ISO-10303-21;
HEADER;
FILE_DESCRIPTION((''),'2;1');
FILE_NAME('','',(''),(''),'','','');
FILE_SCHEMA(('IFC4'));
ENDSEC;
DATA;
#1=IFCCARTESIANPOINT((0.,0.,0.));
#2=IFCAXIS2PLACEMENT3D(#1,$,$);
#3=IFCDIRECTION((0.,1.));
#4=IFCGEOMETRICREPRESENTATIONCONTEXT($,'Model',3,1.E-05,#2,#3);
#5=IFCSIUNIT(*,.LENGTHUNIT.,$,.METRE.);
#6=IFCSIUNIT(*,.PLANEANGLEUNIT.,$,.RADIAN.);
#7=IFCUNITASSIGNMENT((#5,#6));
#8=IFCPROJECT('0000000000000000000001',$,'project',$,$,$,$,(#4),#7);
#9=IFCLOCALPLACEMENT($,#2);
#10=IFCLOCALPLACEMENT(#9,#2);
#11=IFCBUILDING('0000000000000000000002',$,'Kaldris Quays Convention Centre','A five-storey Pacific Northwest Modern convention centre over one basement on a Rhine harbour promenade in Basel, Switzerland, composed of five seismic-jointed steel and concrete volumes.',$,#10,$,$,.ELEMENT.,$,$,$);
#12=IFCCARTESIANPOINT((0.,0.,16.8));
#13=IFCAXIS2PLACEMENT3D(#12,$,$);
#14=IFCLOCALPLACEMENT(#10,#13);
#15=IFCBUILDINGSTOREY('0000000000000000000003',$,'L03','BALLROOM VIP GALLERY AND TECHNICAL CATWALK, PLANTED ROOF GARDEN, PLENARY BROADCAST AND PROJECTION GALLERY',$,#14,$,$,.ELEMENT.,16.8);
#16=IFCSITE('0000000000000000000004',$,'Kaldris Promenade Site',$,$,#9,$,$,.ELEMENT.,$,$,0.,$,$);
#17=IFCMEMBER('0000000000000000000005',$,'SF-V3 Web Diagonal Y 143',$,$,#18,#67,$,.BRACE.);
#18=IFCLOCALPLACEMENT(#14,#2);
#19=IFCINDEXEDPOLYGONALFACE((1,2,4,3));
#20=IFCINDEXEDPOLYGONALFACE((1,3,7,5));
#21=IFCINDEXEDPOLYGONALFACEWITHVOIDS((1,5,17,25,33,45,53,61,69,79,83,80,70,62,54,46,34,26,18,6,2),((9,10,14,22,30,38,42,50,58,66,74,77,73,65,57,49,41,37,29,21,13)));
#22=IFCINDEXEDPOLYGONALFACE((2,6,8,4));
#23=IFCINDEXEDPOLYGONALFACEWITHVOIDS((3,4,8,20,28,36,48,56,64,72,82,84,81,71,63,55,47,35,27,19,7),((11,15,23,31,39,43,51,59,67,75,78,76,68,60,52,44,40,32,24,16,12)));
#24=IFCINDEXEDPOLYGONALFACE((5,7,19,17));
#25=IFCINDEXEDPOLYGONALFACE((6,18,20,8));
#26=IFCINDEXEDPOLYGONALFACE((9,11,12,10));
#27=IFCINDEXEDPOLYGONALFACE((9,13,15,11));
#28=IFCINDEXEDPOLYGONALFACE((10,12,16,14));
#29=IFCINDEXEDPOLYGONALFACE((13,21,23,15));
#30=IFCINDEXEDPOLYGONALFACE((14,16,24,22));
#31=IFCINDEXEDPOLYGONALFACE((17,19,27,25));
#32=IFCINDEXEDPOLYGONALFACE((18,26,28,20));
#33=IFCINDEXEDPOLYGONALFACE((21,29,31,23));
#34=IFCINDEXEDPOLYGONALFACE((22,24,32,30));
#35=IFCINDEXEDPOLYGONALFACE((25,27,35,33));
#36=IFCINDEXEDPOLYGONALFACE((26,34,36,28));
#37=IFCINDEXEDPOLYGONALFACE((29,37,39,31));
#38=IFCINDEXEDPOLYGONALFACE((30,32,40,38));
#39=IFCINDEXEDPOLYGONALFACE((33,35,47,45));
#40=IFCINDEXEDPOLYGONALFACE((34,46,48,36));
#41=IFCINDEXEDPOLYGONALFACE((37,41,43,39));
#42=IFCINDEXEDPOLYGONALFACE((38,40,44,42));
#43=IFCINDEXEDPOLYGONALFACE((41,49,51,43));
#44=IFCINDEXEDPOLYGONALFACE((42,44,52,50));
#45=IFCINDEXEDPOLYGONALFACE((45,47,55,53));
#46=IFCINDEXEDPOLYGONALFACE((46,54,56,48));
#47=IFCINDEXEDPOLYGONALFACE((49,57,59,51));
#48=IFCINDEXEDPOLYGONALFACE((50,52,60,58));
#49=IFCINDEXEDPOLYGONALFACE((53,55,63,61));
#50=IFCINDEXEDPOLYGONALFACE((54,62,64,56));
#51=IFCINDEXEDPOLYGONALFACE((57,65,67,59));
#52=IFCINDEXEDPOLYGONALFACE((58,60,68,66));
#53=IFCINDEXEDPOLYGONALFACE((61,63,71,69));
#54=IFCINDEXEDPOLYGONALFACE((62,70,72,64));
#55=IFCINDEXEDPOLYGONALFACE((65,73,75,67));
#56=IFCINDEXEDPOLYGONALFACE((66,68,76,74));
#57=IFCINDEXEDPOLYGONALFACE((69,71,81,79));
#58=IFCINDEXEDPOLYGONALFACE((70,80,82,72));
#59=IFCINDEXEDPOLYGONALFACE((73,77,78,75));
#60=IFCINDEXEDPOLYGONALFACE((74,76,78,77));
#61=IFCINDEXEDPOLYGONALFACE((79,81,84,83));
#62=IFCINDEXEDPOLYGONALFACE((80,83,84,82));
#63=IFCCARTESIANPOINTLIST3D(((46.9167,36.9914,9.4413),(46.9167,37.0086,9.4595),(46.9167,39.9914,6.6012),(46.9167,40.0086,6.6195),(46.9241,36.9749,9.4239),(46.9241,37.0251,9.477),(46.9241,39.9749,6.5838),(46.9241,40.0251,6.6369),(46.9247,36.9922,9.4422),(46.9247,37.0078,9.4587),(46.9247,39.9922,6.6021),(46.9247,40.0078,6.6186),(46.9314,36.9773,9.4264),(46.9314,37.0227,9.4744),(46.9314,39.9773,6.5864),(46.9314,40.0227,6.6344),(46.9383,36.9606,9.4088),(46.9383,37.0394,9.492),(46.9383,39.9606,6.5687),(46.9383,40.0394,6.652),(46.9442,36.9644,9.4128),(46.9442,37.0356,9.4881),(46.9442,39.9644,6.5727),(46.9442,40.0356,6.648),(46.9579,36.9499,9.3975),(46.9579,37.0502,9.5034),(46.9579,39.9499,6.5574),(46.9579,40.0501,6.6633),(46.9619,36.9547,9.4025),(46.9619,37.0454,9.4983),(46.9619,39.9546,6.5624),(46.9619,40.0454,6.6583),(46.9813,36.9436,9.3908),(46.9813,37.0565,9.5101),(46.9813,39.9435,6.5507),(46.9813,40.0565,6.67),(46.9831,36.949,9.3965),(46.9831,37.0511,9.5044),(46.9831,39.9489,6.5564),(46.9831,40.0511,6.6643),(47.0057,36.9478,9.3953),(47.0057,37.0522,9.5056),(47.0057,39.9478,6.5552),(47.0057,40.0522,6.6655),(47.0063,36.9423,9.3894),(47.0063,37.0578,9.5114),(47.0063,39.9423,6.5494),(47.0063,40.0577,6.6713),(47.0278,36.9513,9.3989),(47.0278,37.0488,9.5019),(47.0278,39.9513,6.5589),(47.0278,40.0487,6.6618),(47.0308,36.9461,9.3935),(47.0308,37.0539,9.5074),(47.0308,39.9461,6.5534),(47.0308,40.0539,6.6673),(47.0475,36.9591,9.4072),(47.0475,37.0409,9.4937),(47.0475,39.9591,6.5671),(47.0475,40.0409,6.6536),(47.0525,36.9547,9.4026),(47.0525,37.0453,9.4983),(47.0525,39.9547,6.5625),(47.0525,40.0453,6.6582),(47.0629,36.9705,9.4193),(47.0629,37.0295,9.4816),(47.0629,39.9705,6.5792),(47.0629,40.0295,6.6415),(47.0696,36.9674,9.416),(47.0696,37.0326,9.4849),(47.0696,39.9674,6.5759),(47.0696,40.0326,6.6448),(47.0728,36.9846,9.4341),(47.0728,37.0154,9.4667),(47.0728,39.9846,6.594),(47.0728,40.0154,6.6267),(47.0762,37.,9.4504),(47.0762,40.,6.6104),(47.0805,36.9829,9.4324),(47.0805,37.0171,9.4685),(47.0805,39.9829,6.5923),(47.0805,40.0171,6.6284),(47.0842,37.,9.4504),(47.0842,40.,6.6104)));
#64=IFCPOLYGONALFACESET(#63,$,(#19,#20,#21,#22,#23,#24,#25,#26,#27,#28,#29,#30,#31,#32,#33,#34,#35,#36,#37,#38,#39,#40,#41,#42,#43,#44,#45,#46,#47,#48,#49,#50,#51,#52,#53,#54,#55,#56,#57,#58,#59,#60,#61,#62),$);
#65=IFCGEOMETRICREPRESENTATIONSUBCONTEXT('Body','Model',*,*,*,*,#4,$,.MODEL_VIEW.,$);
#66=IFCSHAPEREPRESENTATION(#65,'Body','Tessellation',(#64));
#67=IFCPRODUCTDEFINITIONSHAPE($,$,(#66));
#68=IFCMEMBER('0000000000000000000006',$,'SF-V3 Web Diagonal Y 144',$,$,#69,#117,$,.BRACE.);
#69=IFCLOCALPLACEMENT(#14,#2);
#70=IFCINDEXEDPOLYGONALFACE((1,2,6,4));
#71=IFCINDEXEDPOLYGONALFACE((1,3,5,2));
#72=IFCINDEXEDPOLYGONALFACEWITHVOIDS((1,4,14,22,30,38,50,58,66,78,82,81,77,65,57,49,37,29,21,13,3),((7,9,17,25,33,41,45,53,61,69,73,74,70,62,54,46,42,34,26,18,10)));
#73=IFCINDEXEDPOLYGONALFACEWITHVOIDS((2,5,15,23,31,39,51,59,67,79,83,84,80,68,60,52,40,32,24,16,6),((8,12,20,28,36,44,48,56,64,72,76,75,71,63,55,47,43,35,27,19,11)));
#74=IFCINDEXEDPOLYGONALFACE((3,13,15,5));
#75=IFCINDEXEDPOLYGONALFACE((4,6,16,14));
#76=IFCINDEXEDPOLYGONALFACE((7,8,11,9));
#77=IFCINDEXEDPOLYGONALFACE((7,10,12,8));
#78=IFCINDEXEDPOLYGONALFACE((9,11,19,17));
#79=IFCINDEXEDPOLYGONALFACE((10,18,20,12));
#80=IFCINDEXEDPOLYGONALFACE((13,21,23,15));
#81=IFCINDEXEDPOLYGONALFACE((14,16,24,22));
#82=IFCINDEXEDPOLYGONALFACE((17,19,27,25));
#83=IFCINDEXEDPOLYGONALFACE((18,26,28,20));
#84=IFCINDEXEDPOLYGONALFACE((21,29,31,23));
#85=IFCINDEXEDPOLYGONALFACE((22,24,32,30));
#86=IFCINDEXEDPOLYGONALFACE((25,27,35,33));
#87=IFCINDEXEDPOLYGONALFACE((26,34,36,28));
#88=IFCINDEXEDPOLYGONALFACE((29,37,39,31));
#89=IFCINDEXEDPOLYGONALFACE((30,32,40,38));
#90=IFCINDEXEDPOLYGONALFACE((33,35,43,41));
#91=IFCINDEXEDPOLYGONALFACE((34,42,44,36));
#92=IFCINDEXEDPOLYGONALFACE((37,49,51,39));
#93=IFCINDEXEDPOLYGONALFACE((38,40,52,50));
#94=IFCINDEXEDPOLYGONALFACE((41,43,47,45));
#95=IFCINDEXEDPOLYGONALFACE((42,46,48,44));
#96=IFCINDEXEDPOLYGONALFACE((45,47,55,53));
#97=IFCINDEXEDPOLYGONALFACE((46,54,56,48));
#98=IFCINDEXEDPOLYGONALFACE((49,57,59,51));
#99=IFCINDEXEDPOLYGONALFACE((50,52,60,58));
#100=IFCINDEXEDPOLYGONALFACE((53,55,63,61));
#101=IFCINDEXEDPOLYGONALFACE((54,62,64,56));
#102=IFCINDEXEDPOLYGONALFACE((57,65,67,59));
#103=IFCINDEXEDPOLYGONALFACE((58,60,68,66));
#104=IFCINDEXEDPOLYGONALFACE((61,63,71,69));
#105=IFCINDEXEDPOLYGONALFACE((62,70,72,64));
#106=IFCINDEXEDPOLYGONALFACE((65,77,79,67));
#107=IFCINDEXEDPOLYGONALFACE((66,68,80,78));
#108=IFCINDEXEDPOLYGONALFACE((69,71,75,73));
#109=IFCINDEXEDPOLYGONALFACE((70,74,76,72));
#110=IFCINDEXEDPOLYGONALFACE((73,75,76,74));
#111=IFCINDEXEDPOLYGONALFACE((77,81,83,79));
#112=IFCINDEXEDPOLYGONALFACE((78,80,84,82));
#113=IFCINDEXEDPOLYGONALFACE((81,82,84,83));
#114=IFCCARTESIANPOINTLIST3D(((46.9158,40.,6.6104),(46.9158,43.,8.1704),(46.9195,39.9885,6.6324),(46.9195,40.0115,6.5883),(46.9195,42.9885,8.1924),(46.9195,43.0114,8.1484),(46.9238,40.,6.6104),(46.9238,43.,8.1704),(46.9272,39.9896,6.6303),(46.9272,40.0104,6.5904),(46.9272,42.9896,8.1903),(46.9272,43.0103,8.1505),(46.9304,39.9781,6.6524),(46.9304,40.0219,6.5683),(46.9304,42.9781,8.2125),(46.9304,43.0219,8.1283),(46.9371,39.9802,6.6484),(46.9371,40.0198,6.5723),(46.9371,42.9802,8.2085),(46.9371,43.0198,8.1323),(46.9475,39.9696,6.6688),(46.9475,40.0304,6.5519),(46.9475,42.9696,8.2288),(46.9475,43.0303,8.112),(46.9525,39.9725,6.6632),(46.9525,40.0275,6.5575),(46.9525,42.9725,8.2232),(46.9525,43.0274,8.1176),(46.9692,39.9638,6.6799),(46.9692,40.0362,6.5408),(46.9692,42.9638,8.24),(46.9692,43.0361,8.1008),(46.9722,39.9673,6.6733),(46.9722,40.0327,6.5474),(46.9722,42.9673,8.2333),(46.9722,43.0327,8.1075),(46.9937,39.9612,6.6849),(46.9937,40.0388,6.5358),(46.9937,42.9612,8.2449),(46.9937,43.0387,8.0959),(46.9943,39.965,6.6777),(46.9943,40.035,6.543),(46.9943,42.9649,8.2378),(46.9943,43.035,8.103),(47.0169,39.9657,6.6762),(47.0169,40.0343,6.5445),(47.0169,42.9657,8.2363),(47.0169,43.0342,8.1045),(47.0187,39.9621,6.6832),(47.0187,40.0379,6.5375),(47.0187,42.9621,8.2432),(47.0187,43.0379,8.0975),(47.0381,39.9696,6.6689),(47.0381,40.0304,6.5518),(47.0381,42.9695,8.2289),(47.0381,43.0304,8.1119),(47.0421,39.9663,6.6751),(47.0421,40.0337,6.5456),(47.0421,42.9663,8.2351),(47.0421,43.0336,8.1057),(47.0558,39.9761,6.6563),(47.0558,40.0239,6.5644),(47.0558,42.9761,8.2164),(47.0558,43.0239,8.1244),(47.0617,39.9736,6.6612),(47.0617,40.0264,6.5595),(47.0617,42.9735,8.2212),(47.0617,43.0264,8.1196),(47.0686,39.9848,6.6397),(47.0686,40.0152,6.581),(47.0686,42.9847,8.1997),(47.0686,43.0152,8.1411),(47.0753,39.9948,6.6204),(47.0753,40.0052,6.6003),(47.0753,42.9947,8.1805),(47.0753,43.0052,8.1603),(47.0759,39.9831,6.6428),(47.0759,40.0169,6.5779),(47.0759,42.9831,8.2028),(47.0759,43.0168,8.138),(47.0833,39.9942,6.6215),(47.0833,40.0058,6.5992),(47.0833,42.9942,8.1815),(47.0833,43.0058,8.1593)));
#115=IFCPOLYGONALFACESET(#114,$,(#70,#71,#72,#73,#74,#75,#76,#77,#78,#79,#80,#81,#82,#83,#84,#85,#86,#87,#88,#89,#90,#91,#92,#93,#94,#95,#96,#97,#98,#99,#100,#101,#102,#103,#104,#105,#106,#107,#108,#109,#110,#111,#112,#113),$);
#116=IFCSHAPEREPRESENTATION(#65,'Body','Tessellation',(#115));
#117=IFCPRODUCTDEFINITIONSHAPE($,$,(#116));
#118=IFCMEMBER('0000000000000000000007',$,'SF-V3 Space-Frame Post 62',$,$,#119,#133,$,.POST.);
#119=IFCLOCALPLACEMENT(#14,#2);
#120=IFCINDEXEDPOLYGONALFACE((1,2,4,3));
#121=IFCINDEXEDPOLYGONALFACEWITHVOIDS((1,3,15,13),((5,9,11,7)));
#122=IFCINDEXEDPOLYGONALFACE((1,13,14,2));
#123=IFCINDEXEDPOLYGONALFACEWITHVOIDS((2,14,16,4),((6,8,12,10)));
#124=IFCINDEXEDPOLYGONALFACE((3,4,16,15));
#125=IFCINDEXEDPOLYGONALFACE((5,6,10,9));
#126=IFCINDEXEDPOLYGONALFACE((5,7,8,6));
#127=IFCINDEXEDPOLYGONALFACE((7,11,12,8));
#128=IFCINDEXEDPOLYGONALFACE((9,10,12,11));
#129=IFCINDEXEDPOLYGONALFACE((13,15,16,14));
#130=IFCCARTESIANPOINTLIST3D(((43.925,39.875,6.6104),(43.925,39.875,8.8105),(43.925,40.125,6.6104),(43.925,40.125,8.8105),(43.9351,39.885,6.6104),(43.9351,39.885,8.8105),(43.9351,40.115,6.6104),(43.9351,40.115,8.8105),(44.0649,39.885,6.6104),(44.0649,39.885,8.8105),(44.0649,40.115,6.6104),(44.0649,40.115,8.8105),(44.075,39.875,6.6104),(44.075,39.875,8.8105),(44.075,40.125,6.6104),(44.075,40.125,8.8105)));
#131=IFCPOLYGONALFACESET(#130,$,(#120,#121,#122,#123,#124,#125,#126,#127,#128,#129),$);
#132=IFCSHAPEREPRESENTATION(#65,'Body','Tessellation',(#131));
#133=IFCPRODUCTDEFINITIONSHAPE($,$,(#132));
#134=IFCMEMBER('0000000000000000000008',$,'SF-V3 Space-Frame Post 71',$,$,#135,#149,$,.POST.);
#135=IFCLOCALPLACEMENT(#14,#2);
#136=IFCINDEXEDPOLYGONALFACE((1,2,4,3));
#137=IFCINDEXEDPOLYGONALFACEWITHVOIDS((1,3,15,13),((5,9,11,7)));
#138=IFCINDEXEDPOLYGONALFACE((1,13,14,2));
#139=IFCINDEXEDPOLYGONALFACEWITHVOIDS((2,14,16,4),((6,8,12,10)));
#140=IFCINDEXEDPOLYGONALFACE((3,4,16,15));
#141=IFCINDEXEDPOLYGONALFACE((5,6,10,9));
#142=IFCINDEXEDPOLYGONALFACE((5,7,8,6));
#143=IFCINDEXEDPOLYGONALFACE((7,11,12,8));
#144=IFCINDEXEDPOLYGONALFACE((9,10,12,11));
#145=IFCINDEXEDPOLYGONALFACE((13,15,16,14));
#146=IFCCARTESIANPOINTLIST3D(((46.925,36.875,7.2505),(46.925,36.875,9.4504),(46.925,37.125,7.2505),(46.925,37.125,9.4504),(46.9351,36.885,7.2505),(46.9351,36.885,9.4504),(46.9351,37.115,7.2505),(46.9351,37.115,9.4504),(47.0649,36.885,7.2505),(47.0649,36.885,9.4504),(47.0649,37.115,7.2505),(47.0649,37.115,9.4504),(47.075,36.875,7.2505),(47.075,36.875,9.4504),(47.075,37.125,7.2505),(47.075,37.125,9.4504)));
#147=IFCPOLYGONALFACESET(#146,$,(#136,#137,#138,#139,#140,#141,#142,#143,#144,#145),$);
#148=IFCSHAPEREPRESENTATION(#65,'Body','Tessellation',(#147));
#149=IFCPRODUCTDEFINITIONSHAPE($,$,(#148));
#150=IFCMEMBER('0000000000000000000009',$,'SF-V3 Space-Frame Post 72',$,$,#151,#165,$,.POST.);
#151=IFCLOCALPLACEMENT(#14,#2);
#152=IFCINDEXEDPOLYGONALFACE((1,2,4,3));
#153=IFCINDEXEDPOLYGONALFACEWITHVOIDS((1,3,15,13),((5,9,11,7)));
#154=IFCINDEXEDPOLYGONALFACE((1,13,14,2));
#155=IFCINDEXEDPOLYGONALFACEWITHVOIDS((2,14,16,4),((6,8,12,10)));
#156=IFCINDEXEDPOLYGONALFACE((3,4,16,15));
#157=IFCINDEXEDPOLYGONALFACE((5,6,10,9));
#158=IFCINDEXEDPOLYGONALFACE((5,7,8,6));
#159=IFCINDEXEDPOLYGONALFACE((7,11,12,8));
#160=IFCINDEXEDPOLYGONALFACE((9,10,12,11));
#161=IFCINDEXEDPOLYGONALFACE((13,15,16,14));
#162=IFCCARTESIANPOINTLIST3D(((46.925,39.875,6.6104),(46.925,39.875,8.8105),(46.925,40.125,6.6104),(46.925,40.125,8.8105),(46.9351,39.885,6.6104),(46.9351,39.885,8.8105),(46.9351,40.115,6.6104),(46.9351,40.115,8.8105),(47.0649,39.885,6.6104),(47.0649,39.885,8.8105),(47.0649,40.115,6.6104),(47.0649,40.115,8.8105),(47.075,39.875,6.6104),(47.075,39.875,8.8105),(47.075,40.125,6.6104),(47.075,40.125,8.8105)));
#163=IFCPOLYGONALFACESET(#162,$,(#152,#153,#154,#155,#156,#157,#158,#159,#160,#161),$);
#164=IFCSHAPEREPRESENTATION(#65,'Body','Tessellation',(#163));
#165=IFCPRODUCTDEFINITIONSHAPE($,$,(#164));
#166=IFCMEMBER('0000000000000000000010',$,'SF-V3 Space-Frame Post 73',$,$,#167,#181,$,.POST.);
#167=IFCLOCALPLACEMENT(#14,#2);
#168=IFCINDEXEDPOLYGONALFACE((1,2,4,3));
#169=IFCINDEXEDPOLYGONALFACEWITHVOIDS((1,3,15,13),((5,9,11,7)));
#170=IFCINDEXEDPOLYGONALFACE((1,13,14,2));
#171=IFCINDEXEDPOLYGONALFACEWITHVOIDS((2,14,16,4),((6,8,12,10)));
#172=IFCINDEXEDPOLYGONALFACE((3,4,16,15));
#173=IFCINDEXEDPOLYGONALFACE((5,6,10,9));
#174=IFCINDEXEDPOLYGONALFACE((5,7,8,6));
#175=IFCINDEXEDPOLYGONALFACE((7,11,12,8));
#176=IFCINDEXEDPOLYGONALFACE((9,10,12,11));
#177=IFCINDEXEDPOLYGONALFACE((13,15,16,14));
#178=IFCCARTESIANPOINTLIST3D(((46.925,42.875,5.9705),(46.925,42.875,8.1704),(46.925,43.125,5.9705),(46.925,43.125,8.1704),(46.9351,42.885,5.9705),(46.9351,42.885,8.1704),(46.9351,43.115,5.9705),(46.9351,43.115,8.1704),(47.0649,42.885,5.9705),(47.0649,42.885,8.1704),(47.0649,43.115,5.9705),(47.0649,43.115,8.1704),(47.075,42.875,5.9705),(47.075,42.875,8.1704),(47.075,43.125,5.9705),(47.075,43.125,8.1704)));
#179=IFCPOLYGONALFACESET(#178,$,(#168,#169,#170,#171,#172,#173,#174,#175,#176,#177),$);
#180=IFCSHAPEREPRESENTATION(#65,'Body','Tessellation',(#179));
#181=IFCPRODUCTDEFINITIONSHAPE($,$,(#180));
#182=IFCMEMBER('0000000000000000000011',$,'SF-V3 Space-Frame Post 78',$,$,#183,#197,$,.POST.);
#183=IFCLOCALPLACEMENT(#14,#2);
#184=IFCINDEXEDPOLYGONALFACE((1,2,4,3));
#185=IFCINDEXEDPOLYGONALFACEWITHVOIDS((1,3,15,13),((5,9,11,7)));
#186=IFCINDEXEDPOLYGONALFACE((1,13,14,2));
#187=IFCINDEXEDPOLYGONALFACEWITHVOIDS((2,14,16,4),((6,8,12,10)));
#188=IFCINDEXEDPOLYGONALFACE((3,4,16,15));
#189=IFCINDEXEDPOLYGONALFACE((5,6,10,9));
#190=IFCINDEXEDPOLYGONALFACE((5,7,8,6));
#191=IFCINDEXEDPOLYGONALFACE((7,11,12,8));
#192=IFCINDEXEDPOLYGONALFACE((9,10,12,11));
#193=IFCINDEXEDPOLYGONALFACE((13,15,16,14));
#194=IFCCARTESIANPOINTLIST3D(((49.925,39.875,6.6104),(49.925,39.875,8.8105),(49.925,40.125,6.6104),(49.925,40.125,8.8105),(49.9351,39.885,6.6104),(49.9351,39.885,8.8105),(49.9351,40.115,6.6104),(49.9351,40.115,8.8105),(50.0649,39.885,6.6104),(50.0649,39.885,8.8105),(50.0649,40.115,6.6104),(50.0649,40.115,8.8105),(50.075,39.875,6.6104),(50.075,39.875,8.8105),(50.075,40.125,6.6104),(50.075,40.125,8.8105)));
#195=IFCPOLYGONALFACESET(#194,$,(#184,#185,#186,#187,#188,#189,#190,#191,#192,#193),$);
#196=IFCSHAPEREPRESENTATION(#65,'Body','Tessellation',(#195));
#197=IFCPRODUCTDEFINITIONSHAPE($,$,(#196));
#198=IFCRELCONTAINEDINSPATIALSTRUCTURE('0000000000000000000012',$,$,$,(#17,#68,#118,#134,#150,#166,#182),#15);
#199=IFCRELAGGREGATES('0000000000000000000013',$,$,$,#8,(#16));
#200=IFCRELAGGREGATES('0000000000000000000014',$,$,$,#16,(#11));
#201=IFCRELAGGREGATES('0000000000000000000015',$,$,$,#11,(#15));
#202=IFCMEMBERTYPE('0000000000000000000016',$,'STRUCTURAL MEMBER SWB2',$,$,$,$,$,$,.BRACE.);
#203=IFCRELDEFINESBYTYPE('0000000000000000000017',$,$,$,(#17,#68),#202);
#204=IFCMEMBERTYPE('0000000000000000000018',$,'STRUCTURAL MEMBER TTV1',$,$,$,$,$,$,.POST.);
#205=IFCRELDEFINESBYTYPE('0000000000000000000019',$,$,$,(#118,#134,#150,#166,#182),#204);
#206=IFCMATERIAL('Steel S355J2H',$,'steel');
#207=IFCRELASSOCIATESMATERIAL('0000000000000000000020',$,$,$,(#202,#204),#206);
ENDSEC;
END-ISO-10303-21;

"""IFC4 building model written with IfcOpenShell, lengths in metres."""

from ifc_helpers import new_model, si_unit, direction, frame, origin, origin_2d, place, context, subcontext, project, spatial, hollow_rectangle, hollow_circle, extrude, material, material_profile, profile_set, type_object, element, save


model = new_model("IFC4")

# Units and contexts
model_context = context("Model", 3, precision=1e-05, world=origin(), true_north=direction((0.0, 1.0)))
body_context = subcontext(model_context, "Body", "Model", "MODEL_VIEW")
ifc_project = project(units=[si_unit("LENGTHUNIT", "METRE"), si_unit("PLANEANGLEUNIT", "RADIAN")], contexts=[model_context])

# Site, building, storey
site_placement = place(None, origin())
site = spatial("IfcSite", under=ifc_project, at=site_placement, Name="Kaldris Promenade Site", CompositionType="ELEMENT", RefElevation=0.0)
building_placement = place(site_placement, origin())
building = spatial("IfcBuilding", under=site, at=building_placement, Name="Kaldris Quays Convention Centre", Description="A five-storey Pacific Northwest Modern convention centre over one basement on a Rhine harbour promenade in Basel, Switzerland, composed of five seismic-jointed steel and concrete volumes.", CompositionType="ELEMENT")
storey_placement = place(building_placement, frame((0.0, 0.0, 16.8)))
storey = spatial("IfcBuildingStorey", under=building, at=storey_placement, Name="L03", Description="BALLROOM VIP GALLERY AND TECHNICAL CATWALK, PLANTED ROOF GARDEN, PLENARY BROADCAST AND PROJECTION GALLERY", CompositionType="ELEMENT", Elevation=16.8)

# Members
ifc_material_1 = material(Name="Steel S355J2H", Category="steel")
ifc_material_profile_1 = material_profile(ifc_material_1, hollow_circle(Radius=0.0842, WallThickness=0.0081, at=origin_2d()), Name="CHS 168.3x8")
ifc_profile_set_1 = profile_set([ifc_material_profile_1], Name="Steel S355J2H")
member_type_1 = type_object("IfcMemberType", Name="STRUCTURAL MEMBER SWB2", PredefinedType="BRACE", material=ifc_profile_set_1)
member_1_placement = place(storey_placement, frame((47.0, 40.0, 6.6104), z_axis=(0.0, -0.726196, 0.687487), x_axis=(1.0, 0.0, 0.0)))
element("IfcMember", 1, at=member_1_placement, inside=storey, type_object=member_type_1, Name="SF-V3 Web Diagonal Y 143", PredefinedType="BRACE", context=body_context, shape_type="SweptSolid", body=[
    extrude(hollow_circle(Radius=0.0842, WallThickness=0.0081, at=origin_2d()), origin(), (0.0, 0.0, 1.0), 4.1311),
])
member_2_placement = place(storey_placement, frame((47.0, 40.0, 6.6104), z_axis=(0.0, 0.88721, 0.461366), x_axis=(-1.0, 0.0, 0.0)))
element("IfcMember", 2, at=member_2_placement, inside=storey, type_object=member_type_1, Name="SF-V3 Web Diagonal Y 144", PredefinedType="BRACE", context=body_context, shape_type="SweptSolid", body=[
    extrude(hollow_circle(Radius=0.0842, WallThickness=0.0081, at=origin_2d()), origin(), (0.0, 0.0, 1.0), 3.3813),
])
ifc_material_profile_2 = material_profile(ifc_material_1, hollow_rectangle(XDim=0.1499, YDim=0.25, WallThickness=0.01, at=origin_2d()), Name="RHS 250x150x10")
ifc_profile_set_2 = profile_set([ifc_material_profile_2], Name="Steel S355J2H")
member_type_2 = type_object("IfcMemberType", Name="STRUCTURAL MEMBER TTV1", PredefinedType="POST", material=ifc_profile_set_2)
member_3_placement = place(storey_placement, frame((44.0, 40.0, 6.6104), z_axis=(0.0, 0.0, 1.0), x_axis=(1.0, 0.0, 0.0)))
element("IfcMember", 3, at=member_3_placement, inside=storey, type_object=member_type_2, Name="SF-V3 Space-Frame Post 62", PredefinedType="POST", context=body_context, shape_type="SweptSolid", body=[
    extrude(hollow_rectangle(XDim=0.1499, YDim=0.25, WallThickness=0.01, at=origin_2d()), origin(), (0.0, 0.0, 1.0), 2.2002),
])
member_4_placement = place(storey_placement, frame((47.0, 37.0, 7.2505), z_axis=(0.0, 0.0, 1.0), x_axis=(1.0, 0.0, 0.0)))
element("IfcMember", 4, at=member_4_placement, inside=storey, type_object=member_type_2, Name="SF-V3 Space-Frame Post 71", PredefinedType="POST", context=body_context, shape_type="SweptSolid", body=[
    extrude(hollow_rectangle(XDim=0.1499, YDim=0.25, WallThickness=0.01, at=origin_2d()), origin(), (0.0, 0.0, 1.0), 2.2),
])
member_5_placement = place(storey_placement, frame((47.0, 40.0, 6.6104), z_axis=(0.0, 0.0, 1.0), x_axis=(1.0, 0.0, 0.0)))
element("IfcMember", 5, at=member_5_placement, inside=storey, type_object=member_type_2, Name="SF-V3 Space-Frame Post 72", PredefinedType="POST", context=body_context, shape_type="SweptSolid", body=[
    extrude(hollow_rectangle(XDim=0.1499, YDim=0.25, WallThickness=0.01, at=origin_2d()), origin(), (0.0, 0.0, 1.0), 2.2002),
])
member_6_placement = place(storey_placement, frame((47.0, 43.0, 5.9705), z_axis=(0.0, 0.0, 1.0), x_axis=(1.0, 0.0, 0.0)))
element("IfcMember", 6, at=member_6_placement, inside=storey, type_object=member_type_2, Name="SF-V3 Space-Frame Post 73", PredefinedType="POST", context=body_context, shape_type="SweptSolid", body=[
    extrude(hollow_rectangle(XDim=0.1499, YDim=0.25, WallThickness=0.01, at=origin_2d()), origin(), (0.0, 0.0, 1.0), 2.2),
])
member_7_placement = place(storey_placement, frame((50.0, 40.0, 6.6104), z_axis=(0.0, 0.0, 1.0), x_axis=(1.0, 0.0, 0.0)))
element("IfcMember", 7, at=member_7_placement, inside=storey, type_object=member_type_2, Name="SF-V3 Space-Frame Post 78", PredefinedType="POST", context=body_context, shape_type="SweptSolid", body=[
    extrude(hollow_rectangle(XDim=0.1499, YDim=0.25, WallThickness=0.01, at=origin_2d()), origin(), (0.0, 0.0, 1.0), 2.2002),
])

save(model, "model.ifc")
